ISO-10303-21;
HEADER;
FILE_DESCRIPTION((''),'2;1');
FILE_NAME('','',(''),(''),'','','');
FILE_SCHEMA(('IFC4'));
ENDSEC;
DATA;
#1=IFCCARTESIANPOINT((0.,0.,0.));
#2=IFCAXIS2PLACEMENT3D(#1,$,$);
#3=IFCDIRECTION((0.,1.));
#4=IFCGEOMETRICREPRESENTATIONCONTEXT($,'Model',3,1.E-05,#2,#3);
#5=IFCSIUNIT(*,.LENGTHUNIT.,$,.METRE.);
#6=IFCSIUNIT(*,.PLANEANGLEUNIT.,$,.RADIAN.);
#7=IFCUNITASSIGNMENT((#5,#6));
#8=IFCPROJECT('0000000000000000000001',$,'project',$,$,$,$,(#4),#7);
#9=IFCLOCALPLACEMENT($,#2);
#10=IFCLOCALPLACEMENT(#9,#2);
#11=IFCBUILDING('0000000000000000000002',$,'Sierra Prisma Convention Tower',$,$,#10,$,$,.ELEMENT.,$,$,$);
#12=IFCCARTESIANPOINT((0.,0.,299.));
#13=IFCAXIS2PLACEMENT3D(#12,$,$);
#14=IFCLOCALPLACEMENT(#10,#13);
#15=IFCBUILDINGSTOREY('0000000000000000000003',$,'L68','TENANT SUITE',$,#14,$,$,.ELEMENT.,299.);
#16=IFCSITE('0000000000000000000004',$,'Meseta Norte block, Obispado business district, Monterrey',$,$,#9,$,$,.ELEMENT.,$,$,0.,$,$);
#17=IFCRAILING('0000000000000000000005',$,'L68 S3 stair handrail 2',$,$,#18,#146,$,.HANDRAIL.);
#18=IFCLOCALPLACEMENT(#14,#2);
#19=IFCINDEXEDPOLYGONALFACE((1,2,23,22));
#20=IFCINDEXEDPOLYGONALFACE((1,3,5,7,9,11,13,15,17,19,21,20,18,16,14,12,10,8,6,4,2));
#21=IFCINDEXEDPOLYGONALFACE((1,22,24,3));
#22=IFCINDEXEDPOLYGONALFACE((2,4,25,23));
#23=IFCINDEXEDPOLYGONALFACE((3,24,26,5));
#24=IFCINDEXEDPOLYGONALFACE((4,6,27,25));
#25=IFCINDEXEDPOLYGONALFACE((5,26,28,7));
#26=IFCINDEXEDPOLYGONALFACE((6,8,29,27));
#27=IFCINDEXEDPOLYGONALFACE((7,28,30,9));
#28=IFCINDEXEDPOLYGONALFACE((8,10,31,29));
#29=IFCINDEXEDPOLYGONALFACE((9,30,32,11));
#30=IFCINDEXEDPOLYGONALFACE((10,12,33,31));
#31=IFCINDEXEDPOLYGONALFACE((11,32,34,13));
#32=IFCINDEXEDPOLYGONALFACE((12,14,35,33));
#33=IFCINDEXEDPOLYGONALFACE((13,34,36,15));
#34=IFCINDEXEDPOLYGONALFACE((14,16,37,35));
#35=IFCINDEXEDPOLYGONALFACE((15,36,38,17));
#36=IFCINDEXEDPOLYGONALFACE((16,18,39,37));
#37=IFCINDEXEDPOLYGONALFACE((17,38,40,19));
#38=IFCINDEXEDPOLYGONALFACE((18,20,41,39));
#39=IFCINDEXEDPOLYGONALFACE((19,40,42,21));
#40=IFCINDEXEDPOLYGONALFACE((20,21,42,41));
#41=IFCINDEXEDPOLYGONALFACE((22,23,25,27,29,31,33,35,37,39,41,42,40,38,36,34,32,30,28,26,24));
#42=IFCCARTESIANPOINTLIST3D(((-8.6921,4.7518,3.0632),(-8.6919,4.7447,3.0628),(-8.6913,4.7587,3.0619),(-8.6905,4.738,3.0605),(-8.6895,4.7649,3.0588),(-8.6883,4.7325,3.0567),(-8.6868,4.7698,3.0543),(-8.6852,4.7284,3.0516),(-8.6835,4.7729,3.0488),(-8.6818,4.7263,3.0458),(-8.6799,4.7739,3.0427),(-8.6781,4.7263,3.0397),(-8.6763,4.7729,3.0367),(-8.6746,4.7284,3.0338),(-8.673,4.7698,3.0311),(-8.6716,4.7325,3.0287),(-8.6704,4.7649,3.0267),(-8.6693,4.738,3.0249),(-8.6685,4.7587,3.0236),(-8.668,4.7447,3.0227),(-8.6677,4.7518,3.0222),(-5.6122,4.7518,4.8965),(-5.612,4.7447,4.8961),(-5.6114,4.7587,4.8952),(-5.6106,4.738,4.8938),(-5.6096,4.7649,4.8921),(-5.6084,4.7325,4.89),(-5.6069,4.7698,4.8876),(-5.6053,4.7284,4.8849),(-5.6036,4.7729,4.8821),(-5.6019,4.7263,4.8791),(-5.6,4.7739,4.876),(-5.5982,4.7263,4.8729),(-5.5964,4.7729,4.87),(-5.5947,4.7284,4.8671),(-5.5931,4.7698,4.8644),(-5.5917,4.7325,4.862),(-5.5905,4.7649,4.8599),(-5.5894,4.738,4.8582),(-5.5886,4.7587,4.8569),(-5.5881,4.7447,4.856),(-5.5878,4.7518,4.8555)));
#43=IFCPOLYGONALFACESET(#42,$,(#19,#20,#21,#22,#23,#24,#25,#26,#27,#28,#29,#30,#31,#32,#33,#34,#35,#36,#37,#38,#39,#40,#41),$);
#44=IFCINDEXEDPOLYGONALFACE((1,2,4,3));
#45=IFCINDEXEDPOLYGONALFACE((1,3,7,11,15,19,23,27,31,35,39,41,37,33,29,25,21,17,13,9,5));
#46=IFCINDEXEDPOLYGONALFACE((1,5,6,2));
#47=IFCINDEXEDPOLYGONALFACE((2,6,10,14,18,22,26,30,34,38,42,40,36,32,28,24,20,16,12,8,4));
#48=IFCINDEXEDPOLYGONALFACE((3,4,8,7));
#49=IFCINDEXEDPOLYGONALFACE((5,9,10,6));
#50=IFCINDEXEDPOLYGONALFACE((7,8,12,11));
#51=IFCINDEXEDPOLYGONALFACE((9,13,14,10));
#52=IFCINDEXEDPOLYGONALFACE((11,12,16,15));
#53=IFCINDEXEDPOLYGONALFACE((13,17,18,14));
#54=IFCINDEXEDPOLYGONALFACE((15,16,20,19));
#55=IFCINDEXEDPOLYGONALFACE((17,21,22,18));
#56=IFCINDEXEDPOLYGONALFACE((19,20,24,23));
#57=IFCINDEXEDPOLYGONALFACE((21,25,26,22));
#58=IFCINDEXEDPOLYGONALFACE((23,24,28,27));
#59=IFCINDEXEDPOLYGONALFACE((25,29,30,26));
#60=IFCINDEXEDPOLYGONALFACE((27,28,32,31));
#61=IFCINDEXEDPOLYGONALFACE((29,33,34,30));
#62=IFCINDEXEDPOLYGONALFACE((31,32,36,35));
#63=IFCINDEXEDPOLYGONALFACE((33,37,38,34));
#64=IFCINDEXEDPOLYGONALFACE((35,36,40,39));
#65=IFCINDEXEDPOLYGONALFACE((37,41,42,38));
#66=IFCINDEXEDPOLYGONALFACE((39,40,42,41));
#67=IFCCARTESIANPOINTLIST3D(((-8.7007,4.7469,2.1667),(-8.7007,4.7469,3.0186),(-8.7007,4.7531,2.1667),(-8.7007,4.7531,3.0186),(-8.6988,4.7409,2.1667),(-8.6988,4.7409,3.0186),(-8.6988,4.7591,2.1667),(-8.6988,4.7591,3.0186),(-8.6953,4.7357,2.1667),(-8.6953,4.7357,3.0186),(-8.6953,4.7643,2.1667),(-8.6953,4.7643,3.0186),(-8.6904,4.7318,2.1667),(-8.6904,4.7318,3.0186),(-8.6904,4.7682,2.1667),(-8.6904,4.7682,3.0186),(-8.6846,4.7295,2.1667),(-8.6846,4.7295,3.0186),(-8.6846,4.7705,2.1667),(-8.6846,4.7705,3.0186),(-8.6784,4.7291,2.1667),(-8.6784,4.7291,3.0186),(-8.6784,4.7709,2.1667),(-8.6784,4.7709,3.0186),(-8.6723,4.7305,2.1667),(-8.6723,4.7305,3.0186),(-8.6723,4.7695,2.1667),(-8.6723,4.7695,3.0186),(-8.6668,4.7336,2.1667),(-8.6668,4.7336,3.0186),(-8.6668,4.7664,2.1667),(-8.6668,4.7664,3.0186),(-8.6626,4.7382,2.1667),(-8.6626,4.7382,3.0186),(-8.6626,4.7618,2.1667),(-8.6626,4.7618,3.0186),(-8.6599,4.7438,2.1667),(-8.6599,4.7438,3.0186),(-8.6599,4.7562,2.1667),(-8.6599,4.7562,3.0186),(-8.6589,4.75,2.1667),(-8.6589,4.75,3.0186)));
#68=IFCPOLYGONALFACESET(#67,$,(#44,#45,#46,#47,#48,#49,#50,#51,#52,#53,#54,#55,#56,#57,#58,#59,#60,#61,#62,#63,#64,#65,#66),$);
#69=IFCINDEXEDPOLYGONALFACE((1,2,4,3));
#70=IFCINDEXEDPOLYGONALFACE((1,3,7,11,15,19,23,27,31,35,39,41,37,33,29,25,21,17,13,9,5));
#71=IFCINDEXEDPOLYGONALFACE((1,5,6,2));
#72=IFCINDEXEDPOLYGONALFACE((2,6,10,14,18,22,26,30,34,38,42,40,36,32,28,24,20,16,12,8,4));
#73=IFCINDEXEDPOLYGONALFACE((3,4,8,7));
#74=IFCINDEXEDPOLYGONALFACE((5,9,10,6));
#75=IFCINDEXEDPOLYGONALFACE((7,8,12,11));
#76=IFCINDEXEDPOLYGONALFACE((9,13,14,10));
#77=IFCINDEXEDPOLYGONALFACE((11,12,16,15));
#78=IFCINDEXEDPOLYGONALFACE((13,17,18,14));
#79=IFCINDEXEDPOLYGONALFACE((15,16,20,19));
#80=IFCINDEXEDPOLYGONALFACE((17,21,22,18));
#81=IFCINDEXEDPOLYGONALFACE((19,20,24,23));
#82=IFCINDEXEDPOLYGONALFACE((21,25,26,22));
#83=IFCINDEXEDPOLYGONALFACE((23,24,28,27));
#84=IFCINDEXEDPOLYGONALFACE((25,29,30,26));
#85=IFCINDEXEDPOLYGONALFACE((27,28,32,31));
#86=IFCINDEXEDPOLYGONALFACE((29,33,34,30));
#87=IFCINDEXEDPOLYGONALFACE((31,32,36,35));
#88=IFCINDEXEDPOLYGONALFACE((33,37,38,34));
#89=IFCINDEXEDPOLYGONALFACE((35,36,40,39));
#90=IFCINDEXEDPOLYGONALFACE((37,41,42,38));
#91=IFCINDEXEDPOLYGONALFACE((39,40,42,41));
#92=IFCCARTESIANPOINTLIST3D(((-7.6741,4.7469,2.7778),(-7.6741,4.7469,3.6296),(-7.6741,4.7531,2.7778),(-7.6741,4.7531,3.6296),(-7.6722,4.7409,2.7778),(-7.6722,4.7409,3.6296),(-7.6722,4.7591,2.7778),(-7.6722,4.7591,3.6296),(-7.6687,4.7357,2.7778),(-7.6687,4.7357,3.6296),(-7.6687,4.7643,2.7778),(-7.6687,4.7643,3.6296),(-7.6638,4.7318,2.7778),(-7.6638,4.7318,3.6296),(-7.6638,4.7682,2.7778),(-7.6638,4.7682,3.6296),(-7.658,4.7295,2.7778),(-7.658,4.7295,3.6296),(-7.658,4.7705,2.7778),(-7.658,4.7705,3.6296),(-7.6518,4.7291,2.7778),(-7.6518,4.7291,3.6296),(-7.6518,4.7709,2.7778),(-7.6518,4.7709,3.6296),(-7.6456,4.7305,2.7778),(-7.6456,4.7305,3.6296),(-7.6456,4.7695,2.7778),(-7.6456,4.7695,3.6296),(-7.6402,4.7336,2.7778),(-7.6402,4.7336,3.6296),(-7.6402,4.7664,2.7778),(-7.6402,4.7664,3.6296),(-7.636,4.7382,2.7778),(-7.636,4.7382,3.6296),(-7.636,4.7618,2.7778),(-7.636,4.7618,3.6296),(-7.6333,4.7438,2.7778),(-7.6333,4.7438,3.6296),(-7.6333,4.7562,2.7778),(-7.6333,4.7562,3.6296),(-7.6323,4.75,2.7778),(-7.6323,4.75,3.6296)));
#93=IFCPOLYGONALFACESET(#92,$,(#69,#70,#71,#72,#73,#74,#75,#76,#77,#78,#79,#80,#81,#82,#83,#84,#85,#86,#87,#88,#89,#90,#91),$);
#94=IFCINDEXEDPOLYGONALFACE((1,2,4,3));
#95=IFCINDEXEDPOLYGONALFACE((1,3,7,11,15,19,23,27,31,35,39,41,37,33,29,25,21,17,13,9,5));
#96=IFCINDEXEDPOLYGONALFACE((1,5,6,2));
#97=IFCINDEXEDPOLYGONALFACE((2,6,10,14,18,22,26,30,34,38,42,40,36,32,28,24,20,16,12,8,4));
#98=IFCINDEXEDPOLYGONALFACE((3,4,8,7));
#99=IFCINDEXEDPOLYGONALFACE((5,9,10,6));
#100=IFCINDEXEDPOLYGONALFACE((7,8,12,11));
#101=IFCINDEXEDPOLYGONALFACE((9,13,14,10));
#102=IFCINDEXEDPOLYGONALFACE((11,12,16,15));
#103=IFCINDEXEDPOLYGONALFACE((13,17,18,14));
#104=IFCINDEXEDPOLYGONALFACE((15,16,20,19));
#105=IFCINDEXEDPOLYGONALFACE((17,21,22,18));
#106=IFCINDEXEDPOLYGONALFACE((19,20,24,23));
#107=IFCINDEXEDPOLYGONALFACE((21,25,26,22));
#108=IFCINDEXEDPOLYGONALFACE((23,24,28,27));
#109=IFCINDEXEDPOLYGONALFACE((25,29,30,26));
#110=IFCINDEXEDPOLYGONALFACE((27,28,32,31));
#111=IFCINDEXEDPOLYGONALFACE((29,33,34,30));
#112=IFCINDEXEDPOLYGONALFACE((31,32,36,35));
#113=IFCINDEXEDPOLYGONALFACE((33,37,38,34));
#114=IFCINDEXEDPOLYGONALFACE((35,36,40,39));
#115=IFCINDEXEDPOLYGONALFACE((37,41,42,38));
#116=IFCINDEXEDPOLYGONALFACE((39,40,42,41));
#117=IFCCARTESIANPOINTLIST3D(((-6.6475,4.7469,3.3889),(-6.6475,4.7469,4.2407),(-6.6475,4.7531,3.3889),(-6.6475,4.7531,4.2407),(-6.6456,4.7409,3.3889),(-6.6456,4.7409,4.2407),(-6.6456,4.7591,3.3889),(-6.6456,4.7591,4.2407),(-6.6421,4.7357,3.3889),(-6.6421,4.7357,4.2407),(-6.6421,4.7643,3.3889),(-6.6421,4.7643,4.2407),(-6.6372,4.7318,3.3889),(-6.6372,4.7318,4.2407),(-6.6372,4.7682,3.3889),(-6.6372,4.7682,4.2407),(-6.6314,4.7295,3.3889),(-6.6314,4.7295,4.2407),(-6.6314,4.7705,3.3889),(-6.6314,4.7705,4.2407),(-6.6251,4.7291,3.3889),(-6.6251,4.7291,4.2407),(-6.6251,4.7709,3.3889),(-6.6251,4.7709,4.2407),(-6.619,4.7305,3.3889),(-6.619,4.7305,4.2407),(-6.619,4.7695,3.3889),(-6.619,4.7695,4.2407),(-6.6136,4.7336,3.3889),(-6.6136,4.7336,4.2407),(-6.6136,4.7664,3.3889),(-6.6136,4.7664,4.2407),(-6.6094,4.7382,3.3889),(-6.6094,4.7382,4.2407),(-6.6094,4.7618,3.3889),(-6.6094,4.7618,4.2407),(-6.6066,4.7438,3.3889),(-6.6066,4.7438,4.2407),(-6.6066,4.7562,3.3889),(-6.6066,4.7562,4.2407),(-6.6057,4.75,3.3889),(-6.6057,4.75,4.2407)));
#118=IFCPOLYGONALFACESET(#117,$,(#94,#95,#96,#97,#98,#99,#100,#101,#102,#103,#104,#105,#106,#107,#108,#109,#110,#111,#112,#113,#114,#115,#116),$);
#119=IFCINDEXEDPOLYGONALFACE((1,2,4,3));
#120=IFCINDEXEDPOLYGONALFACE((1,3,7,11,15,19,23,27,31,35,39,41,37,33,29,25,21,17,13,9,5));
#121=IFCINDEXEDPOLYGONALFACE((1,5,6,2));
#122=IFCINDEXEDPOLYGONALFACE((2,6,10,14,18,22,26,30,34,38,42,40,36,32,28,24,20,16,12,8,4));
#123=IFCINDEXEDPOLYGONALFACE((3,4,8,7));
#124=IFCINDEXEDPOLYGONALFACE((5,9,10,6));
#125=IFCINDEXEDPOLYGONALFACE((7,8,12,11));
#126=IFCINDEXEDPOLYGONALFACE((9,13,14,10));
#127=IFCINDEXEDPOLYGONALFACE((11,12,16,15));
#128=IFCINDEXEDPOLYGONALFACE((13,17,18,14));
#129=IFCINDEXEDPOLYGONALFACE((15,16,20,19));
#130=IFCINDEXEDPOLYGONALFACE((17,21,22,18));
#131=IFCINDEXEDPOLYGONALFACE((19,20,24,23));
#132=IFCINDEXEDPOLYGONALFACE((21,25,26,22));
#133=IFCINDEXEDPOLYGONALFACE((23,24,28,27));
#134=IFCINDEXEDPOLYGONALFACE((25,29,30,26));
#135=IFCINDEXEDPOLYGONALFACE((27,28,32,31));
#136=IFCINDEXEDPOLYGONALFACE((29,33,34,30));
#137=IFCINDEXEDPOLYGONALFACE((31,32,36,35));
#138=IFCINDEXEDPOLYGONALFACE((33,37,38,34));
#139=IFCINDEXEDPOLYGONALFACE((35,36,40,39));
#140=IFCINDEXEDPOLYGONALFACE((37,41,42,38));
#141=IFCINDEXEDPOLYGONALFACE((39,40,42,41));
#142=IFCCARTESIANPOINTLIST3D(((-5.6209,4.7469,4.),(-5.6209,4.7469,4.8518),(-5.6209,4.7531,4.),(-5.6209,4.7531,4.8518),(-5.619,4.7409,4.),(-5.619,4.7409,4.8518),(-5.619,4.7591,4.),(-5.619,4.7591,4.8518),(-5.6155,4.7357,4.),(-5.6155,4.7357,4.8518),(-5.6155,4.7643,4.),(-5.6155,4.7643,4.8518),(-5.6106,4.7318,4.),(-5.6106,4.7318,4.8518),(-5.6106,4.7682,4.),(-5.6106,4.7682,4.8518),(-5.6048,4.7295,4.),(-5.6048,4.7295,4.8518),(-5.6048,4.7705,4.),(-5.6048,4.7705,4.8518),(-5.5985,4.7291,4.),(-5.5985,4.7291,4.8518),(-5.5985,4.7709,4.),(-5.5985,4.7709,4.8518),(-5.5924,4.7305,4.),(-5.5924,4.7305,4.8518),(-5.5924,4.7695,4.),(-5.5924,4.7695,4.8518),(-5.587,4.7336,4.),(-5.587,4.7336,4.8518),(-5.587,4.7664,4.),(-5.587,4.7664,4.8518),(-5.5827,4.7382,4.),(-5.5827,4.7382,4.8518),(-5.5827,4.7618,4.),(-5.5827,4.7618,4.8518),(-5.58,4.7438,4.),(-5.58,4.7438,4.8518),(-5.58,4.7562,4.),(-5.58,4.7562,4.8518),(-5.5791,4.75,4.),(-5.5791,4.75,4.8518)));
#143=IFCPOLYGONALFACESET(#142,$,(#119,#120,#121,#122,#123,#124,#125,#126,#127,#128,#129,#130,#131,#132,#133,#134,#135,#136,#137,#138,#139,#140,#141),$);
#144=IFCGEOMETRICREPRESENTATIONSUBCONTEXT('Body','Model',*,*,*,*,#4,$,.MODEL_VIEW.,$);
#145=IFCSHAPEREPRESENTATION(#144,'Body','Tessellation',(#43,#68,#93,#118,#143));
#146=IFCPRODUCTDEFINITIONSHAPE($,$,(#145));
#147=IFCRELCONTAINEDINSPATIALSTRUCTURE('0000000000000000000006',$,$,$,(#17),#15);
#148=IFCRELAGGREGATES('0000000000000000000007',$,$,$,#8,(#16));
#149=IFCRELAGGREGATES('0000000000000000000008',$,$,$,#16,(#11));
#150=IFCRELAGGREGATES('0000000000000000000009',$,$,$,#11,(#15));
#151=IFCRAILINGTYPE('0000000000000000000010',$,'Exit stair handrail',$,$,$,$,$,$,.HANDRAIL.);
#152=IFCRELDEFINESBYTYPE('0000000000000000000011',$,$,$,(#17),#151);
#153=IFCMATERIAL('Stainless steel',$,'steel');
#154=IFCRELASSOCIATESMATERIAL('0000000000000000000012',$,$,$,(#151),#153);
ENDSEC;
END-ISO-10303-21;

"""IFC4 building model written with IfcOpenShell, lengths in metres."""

from ifc_helpers import new_model, si_unit, direction, frame, origin, origin_2d, place, context, subcontext, project, spatial, circle, extrude, material, type_object, element, save


model = new_model("IFC4")

# Units and contexts
model_context = context("Model", 3, precision=1e-05, world=origin(), true_north=direction((0.0, 1.0)))
body_context = subcontext(model_context, "Body", "Model", "MODEL_VIEW")
ifc_project = project(units=[si_unit("LENGTHUNIT", "METRE"), si_unit("PLANEANGLEUNIT", "RADIAN")], contexts=[model_context])

# Site, building, storey
site_placement = place(None, origin())
site = spatial("IfcSite", under=ifc_project, at=site_placement, Name="Meseta Norte block, Obispado business district, Monterrey", CompositionType="ELEMENT", RefElevation=0.0)
building_placement = place(site_placement, origin())
building = spatial("IfcBuilding", under=site, at=building_placement, Name="Sierra Prisma Convention Tower", CompositionType="ELEMENT")
storey_placement = place(building_placement, frame((0.0, 0.0, 299.0)))
storey = spatial("IfcBuildingStorey", under=building, at=storey_placement, Name="L68", Description="TENANT SUITE", CompositionType="ELEMENT", Elevation=299.0)

# Railing
ifc_material_1 = material(Name="Stainless steel", Category="steel")
railing_type_1 = type_object("IfcRailingType", Name="Exit stair handrail", PredefinedType="HANDRAIL", material=ifc_material_1)
railing_1_placement = place(storey_placement, frame((-8.6799, 4.75, 2.1667)))
element("IfcRailing", 1, at=railing_1_placement, inside=storey, type_object=railing_type_1, Name="L68 S3 stair handrail 2", PredefinedType="HANDRAIL", context=body_context, shape_type="SweptSolid", body=[
    extrude(circle(Radius=0.0239, at=origin_2d()), frame((0.0, 0.0, 0.876), z_axis=(0.859291, 0.0, 0.511487), x_axis=(0.0, 1.0, 0.0)), (0.0, 0.0, 1.0), 3.5842),
    extrude(circle(Radius=0.021, at=origin_2d()), origin(), (0.0, 0.0, 1.0), 0.8518),
    extrude(circle(Radius=0.021, at=origin_2d()), frame((1.0266, 0.0, 0.6111)), (0.0, 0.0, 1.0), 0.8518),
    extrude(circle(Radius=0.021, at=origin_2d()), frame((2.0532, 0.0, 1.2222)), (0.0, 0.0, 1.0), 0.8518),
    extrude(circle(Radius=0.021, at=origin_2d()), frame((3.0798, 0.0, 1.8333)), (0.0, 0.0, 1.0), 0.8518),
])

save(model, "model.ifc")
